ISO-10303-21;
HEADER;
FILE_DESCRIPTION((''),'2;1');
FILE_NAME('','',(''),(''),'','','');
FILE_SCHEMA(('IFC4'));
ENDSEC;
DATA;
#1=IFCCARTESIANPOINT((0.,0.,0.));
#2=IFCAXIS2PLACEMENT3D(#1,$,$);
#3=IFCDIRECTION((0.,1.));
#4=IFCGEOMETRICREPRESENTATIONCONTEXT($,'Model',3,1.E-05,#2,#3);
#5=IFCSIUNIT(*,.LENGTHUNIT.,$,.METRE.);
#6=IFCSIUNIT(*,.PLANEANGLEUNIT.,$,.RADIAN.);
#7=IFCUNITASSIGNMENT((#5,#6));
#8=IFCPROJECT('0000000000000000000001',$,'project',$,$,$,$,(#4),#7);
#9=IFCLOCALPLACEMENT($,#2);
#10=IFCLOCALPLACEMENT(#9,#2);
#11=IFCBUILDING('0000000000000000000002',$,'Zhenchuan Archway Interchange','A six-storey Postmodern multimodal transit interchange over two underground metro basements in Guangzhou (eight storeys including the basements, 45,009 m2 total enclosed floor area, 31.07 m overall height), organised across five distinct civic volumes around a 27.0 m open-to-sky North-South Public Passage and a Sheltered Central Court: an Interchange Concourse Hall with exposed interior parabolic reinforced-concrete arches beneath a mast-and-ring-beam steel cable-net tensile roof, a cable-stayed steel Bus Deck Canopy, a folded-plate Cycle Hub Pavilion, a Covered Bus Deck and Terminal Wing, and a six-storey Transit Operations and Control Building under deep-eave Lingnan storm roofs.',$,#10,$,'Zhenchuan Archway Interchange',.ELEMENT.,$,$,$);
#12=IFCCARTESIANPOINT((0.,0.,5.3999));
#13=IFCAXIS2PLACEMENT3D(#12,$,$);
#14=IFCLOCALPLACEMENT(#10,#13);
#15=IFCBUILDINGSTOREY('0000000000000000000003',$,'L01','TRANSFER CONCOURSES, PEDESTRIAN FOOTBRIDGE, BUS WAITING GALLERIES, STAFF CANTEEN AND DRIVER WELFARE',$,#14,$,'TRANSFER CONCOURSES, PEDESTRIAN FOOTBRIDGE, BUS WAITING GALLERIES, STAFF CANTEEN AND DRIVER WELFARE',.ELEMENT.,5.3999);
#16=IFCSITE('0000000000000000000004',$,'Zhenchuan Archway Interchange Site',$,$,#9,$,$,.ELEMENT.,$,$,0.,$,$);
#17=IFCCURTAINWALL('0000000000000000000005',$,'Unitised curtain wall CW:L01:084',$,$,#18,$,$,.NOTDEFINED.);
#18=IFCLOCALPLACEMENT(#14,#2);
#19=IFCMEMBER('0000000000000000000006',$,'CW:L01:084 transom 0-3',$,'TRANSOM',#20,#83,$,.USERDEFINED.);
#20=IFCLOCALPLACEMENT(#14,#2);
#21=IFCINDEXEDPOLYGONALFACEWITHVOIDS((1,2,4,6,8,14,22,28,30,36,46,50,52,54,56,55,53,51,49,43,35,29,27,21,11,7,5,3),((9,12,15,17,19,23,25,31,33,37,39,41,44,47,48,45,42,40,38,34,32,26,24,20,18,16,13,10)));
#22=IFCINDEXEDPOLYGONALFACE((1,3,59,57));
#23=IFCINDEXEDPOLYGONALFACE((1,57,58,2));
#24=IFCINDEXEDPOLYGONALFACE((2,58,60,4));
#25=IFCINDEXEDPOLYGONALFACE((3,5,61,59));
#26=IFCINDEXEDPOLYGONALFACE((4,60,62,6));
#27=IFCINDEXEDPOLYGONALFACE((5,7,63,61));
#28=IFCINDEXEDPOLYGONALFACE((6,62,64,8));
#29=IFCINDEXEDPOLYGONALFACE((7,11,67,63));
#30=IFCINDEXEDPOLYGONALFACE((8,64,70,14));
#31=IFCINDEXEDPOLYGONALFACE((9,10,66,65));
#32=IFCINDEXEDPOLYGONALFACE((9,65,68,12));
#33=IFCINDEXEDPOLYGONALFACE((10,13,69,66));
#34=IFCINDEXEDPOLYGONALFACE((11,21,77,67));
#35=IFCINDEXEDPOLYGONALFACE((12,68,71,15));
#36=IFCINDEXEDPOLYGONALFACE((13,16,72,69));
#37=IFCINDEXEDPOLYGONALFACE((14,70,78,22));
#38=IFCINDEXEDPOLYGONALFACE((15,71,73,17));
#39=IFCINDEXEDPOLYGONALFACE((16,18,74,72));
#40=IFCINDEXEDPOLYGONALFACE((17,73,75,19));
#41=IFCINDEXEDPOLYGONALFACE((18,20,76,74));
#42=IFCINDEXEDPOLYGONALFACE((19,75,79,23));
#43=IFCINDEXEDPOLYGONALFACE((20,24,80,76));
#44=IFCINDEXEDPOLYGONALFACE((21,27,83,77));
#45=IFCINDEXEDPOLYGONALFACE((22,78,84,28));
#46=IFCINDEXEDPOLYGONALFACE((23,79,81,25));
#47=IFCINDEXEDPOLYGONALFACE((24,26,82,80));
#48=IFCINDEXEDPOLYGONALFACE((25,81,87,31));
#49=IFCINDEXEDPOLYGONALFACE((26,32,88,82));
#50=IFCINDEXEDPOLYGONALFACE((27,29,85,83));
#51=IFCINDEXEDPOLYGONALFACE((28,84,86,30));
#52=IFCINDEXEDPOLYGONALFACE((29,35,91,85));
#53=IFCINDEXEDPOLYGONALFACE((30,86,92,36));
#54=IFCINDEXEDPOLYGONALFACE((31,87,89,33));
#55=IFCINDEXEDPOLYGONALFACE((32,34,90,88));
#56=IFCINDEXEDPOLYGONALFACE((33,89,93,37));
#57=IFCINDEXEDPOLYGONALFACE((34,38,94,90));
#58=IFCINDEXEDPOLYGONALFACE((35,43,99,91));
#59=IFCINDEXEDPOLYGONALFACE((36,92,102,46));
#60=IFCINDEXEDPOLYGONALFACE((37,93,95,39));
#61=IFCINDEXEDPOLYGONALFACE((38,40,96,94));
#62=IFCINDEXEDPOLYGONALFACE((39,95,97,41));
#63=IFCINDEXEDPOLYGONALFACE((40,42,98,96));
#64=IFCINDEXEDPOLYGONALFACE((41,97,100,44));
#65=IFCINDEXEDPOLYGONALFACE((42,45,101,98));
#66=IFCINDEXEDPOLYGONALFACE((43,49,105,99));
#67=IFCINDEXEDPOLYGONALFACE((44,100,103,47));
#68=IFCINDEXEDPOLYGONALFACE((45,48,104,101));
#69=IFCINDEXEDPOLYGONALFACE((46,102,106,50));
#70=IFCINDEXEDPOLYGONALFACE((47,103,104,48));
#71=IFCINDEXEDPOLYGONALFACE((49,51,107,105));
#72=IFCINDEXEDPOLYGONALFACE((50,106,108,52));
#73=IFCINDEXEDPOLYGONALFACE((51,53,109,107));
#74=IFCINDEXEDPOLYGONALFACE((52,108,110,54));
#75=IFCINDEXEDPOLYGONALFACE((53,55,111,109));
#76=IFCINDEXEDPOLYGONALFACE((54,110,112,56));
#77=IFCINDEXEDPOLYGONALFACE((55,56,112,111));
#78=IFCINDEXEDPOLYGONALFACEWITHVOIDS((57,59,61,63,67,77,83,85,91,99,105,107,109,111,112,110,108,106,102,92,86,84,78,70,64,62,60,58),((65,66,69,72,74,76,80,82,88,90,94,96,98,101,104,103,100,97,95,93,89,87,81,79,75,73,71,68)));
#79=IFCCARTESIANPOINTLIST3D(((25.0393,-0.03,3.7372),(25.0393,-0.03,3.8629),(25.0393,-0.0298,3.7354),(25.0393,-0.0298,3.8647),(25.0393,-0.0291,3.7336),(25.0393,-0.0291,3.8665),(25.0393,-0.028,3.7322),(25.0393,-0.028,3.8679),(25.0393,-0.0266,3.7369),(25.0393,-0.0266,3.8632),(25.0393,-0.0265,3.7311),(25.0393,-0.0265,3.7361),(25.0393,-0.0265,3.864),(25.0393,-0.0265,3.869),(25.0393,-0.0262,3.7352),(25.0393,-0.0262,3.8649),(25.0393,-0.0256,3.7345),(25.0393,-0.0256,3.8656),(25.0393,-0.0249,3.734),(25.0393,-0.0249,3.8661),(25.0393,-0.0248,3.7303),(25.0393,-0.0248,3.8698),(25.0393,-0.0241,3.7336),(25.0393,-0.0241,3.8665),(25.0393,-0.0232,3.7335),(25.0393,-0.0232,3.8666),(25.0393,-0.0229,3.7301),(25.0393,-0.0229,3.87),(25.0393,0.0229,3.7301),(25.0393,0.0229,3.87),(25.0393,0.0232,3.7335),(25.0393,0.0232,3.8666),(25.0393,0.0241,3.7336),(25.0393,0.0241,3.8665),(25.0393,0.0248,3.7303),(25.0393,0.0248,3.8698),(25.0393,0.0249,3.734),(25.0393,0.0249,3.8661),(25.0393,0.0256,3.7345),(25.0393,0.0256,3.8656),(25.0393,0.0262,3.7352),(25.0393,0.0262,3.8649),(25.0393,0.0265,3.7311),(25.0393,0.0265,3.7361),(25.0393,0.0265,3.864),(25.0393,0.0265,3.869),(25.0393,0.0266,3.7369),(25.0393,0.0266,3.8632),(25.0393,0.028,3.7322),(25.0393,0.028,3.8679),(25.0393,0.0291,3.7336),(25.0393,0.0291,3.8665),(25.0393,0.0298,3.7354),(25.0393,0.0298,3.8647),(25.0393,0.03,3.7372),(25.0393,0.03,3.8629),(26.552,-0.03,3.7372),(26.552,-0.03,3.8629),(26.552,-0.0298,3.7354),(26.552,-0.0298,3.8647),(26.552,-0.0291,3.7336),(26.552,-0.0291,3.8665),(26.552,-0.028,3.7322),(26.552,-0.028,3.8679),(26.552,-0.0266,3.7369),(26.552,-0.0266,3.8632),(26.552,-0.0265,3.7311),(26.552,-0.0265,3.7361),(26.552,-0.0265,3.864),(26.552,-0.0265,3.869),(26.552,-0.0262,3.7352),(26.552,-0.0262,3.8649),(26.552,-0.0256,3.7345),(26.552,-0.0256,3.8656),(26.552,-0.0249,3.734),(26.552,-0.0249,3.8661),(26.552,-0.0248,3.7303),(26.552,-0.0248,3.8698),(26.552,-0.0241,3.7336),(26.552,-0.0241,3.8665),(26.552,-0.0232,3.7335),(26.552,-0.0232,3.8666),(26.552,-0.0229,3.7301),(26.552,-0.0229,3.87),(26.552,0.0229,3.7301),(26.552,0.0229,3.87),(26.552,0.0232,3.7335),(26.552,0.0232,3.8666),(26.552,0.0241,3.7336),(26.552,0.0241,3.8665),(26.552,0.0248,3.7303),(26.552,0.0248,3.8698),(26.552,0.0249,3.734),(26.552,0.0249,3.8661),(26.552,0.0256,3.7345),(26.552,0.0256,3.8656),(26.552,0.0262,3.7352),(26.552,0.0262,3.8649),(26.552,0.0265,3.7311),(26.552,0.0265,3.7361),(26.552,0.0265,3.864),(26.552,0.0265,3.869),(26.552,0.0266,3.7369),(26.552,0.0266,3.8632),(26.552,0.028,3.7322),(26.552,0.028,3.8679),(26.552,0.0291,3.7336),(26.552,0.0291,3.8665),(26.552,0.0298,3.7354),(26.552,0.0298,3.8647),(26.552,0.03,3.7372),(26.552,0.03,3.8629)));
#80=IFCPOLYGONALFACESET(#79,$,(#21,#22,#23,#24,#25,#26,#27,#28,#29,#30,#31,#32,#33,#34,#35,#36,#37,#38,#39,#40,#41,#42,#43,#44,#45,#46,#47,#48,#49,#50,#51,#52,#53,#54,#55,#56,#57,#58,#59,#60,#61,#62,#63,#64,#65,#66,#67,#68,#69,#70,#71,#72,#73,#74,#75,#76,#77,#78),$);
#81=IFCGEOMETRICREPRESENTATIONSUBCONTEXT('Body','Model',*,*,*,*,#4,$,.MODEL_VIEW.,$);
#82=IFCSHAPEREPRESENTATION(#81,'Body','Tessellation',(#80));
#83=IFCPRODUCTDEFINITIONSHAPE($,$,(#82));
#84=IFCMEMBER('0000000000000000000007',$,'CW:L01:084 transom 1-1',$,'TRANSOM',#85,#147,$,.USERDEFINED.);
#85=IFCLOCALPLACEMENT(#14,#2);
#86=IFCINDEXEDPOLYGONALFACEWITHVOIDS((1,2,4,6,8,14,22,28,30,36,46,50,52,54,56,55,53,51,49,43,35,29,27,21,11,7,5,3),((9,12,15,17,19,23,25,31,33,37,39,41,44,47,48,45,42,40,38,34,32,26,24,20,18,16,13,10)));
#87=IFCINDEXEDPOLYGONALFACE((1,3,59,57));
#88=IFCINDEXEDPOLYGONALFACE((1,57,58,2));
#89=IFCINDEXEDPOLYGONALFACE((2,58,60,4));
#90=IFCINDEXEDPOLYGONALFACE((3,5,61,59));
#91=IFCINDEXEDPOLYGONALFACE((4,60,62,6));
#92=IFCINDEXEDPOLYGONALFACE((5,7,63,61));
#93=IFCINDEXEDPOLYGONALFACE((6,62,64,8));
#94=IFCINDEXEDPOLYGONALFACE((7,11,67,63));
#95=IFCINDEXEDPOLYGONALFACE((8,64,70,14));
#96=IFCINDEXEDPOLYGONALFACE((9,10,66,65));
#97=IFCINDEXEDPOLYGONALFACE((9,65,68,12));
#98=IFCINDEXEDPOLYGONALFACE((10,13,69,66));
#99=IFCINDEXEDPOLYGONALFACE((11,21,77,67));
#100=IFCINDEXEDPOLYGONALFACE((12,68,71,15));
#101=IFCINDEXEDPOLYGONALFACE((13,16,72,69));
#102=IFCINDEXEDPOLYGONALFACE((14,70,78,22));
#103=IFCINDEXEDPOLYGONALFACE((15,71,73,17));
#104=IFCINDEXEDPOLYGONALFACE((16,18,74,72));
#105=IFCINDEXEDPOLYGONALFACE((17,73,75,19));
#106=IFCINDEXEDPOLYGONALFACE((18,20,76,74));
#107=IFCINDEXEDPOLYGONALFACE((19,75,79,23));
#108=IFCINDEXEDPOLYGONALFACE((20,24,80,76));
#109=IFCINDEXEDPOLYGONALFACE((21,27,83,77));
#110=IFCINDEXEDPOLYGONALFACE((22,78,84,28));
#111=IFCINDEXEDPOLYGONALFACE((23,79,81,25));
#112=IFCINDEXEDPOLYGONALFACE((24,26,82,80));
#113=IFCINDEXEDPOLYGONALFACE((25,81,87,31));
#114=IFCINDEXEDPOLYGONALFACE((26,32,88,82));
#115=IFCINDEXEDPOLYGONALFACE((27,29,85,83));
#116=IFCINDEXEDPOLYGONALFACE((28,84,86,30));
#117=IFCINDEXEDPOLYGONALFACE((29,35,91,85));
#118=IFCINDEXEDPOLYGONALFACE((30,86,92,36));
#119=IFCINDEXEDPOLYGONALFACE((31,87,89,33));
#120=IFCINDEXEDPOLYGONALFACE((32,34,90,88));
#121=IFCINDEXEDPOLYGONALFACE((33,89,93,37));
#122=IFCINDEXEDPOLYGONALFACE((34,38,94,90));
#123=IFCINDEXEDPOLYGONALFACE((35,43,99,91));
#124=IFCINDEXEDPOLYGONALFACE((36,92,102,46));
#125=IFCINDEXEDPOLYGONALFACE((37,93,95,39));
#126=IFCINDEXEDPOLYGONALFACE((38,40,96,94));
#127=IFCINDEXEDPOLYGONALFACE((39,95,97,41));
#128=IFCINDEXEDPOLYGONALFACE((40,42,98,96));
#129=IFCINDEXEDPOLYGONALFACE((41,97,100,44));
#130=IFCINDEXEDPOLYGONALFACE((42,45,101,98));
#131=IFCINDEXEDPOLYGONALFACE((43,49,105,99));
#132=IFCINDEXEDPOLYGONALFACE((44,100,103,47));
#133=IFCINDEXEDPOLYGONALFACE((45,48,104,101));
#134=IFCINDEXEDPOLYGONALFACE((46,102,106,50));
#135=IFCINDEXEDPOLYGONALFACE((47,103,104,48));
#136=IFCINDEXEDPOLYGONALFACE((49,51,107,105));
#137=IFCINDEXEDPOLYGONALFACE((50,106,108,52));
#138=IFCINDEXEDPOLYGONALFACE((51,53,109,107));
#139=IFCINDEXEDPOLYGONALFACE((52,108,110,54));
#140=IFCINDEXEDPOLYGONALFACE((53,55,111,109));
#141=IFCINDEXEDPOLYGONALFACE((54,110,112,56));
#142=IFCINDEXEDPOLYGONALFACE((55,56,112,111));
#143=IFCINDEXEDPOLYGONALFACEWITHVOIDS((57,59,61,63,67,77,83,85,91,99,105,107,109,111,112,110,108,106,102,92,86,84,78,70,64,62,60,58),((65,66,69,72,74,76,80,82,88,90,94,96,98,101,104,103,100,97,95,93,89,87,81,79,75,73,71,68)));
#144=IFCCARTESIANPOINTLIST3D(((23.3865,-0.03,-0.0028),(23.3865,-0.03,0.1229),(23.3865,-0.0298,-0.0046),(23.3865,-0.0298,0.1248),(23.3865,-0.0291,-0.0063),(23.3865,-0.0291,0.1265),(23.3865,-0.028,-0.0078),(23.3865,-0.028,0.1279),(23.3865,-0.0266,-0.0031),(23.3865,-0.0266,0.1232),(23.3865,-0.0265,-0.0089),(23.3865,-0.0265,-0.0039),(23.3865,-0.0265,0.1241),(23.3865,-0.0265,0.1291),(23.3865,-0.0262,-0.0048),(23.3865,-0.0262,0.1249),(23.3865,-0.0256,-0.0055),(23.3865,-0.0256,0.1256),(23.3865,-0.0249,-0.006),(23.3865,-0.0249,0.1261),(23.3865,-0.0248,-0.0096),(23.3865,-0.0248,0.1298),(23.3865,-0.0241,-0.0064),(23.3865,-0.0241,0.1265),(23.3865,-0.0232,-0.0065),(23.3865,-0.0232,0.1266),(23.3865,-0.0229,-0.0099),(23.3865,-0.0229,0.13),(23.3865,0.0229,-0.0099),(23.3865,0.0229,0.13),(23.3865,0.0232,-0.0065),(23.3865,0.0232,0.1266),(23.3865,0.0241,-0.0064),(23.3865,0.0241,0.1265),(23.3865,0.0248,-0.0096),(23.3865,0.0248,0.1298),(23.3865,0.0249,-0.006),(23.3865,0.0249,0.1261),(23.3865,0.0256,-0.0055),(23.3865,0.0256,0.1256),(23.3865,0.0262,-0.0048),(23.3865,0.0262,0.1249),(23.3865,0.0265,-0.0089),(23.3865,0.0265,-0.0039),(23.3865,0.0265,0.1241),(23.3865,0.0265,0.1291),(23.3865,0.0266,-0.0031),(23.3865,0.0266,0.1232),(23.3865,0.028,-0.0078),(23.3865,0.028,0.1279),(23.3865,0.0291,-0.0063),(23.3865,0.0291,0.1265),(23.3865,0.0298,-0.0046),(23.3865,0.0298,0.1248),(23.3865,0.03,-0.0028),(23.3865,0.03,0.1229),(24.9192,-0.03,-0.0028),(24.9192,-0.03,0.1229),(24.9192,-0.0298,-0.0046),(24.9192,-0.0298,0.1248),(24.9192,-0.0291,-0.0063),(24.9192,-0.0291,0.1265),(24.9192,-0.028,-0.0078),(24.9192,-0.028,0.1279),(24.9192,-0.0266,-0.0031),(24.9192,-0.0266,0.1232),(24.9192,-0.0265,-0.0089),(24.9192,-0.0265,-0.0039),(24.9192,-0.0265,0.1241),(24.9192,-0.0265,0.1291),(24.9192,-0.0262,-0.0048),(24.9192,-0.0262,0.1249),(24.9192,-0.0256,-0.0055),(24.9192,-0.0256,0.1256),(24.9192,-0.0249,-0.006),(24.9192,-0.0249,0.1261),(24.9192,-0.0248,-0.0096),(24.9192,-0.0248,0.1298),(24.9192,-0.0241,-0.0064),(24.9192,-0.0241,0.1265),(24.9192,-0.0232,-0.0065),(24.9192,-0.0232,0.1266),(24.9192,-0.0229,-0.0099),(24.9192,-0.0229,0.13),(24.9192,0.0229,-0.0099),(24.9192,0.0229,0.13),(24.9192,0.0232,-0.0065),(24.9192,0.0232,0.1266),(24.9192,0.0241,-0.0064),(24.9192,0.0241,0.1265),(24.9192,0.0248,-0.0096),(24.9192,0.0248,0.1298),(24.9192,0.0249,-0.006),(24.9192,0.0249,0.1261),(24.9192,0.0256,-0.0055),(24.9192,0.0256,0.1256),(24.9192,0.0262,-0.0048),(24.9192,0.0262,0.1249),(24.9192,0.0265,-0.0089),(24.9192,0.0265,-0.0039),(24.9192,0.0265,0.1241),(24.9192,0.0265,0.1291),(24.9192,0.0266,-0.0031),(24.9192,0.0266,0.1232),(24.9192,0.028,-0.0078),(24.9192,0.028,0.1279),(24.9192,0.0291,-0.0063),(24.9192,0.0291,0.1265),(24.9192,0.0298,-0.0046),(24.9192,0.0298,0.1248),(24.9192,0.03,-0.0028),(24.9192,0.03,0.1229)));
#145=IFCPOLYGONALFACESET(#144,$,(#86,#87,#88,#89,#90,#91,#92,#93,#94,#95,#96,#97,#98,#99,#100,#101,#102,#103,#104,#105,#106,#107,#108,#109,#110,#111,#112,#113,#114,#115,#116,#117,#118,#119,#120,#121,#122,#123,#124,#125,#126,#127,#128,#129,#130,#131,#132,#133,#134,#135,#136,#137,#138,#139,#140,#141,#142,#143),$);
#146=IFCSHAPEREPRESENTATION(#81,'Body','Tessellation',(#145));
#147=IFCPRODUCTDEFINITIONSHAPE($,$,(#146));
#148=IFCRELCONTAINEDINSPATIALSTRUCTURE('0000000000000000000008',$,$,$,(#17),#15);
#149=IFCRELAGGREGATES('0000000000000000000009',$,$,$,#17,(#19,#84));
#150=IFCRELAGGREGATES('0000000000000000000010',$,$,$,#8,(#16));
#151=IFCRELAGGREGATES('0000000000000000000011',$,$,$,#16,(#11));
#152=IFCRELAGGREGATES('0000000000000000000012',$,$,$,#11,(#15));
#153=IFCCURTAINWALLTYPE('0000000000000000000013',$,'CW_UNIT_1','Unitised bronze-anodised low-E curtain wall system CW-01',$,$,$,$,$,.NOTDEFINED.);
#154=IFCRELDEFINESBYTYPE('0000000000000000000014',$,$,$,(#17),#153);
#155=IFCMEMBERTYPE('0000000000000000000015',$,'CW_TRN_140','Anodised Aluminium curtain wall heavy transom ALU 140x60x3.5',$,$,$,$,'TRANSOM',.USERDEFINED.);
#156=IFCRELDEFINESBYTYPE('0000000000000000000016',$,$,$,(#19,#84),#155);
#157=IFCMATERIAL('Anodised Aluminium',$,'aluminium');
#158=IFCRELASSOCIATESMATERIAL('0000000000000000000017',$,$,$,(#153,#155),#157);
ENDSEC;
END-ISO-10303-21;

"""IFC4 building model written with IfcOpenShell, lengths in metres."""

from ifc_helpers import new_model, si_unit, direction, frame, origin, origin_2d, place, context, subcontext, project, spatial, hollow_rectangle, extrude, material, material_profile, profile_set, type_object, element, aggregate, save


model = new_model("IFC4")

# Units and contexts
model_context = context("Model", 3, precision=1e-05, world=origin(), true_north=direction((0.0, 1.0)))
body_context = subcontext(model_context, "Body", "Model", "MODEL_VIEW")
ifc_project = project(units=[si_unit("LENGTHUNIT", "METRE"), si_unit("PLANEANGLEUNIT", "RADIAN")], contexts=[model_context])

# Site, building, storey
site_placement = place(None, origin())
site = spatial("IfcSite", under=ifc_project, at=site_placement, Name="Zhenchuan Archway Interchange Site", CompositionType="ELEMENT", RefElevation=0.0)
building_placement = place(site_placement, origin())
building = spatial("IfcBuilding", under=site, at=building_placement, Name="Zhenchuan Archway Interchange", Description="A six-storey Postmodern multimodal transit interchange over two underground metro basements in Guangzhou (eight storeys including the basements, 45,009 m2 total enclosed floor area, 31.07 m overall height), organised across five distinct civic volumes around a 27.0 m open-to-sky North-South Public Passage and a Sheltered Central Court: an Interchange Concourse Hall with exposed interior parabolic reinforced-concrete arches beneath a mast-and-ring-beam steel cable-net tensile roof, a cable-stayed steel Bus Deck Canopy, a folded-plate Cycle Hub Pavilion, a Covered Bus Deck and Terminal Wing, and a six-storey Transit Operations and Control Building under deep-eave Lingnan storm roofs.", LongName="Zhenchuan Archway Interchange", CompositionType="ELEMENT")
storey_placement = place(building_placement, frame((0.0, 0.0, 5.3999)))
storey = spatial("IfcBuildingStorey", under=building, at=storey_placement, Name="L01", Description="TRANSFER CONCOURSES, PEDESTRIAN FOOTBRIDGE, BUS WAITING GALLERIES, STAFF CANTEEN AND DRIVER WELFARE", LongName="TRANSFER CONCOURSES, PEDESTRIAN FOOTBRIDGE, BUS WAITING GALLERIES, STAFF CANTEEN AND DRIVER WELFARE", CompositionType="ELEMENT", Elevation=5.3999)

# Curtain wall, members
ifc_material_1 = material(Name="Anodised Aluminium", Category="aluminium")
curtain_wall_type = type_object("IfcCurtainWallType", Name="CW_UNIT_1", Description="Unitised bronze-anodised low-E curtain wall system CW-01", PredefinedType="NOTDEFINED", material=ifc_material_1)
curtain_wall_placement = place(storey_placement, origin())
curtain_wall = element("IfcCurtainWall", 1, at=curtain_wall_placement, inside=storey, type_object=curtain_wall_type, Name="Unitised curtain wall CW:L01:084", PredefinedType="NOTDEFINED")
ifc_material_profile_1 = material_profile(ifc_material_1, hollow_rectangle(XDim=0.0601, YDim=0.1399, WallThickness=0.0034, InnerFilletRadius=0.0034, OuterFilletRadius=0.0071, at=origin_2d()), Name="ALU 140x60x3.5")
ifc_profile_set_1 = profile_set([ifc_material_profile_1], Name="Anodised Aluminium")
member_type_1 = type_object("IfcMemberType", Name="CW_TRN_140", Description="Anodised Aluminium curtain wall heavy transom ALU 140x60x3.5", ElementType="TRANSOM", PredefinedType="USERDEFINED", material=ifc_profile_set_1)
member_1_placement = place(storey_placement, frame((26.552, 0.0, 3.8), z_axis=(-1.0, 0.0, 0.0), x_axis=(0.0, -1.0, 0.0)))
member_1 = element("IfcMember", 2, at=member_1_placement, type_object=member_type_1, Name="CW:L01:084 transom 0-3", ObjectType="TRANSOM", PredefinedType="USERDEFINED", context=body_context, shape_type="SweptSolid", body=[
    extrude(hollow_rectangle(XDim=0.0601, YDim=0.1399, WallThickness=0.0034, InnerFilletRadius=0.0034, OuterFilletRadius=0.0071, at=origin_2d()), origin(), (0.0, 0.0, 1.0), 1.5127),
])
member_2_placement = place(storey_placement, frame((24.9192, 0.0, 0.0601), z_axis=(-1.0, 0.0, 0.0), x_axis=(0.0, -1.0, 0.0)))
member_2 = element("IfcMember", 3, at=member_2_placement, type_object=member_type_1, Name="CW:L01:084 transom 1-1", ObjectType="TRANSOM", PredefinedType="USERDEFINED", context=body_context, shape_type="SweptSolid", body=[
    extrude(hollow_rectangle(XDim=0.0601, YDim=0.1399, WallThickness=0.0034, InnerFilletRadius=0.0034, OuterFilletRadius=0.0071, at=origin_2d()), origin(), (0.0, 0.0, 1.0), 1.5327),
])

aggregate(curtain_wall, [member_1, member_2])

save(model, "model.ifc")
